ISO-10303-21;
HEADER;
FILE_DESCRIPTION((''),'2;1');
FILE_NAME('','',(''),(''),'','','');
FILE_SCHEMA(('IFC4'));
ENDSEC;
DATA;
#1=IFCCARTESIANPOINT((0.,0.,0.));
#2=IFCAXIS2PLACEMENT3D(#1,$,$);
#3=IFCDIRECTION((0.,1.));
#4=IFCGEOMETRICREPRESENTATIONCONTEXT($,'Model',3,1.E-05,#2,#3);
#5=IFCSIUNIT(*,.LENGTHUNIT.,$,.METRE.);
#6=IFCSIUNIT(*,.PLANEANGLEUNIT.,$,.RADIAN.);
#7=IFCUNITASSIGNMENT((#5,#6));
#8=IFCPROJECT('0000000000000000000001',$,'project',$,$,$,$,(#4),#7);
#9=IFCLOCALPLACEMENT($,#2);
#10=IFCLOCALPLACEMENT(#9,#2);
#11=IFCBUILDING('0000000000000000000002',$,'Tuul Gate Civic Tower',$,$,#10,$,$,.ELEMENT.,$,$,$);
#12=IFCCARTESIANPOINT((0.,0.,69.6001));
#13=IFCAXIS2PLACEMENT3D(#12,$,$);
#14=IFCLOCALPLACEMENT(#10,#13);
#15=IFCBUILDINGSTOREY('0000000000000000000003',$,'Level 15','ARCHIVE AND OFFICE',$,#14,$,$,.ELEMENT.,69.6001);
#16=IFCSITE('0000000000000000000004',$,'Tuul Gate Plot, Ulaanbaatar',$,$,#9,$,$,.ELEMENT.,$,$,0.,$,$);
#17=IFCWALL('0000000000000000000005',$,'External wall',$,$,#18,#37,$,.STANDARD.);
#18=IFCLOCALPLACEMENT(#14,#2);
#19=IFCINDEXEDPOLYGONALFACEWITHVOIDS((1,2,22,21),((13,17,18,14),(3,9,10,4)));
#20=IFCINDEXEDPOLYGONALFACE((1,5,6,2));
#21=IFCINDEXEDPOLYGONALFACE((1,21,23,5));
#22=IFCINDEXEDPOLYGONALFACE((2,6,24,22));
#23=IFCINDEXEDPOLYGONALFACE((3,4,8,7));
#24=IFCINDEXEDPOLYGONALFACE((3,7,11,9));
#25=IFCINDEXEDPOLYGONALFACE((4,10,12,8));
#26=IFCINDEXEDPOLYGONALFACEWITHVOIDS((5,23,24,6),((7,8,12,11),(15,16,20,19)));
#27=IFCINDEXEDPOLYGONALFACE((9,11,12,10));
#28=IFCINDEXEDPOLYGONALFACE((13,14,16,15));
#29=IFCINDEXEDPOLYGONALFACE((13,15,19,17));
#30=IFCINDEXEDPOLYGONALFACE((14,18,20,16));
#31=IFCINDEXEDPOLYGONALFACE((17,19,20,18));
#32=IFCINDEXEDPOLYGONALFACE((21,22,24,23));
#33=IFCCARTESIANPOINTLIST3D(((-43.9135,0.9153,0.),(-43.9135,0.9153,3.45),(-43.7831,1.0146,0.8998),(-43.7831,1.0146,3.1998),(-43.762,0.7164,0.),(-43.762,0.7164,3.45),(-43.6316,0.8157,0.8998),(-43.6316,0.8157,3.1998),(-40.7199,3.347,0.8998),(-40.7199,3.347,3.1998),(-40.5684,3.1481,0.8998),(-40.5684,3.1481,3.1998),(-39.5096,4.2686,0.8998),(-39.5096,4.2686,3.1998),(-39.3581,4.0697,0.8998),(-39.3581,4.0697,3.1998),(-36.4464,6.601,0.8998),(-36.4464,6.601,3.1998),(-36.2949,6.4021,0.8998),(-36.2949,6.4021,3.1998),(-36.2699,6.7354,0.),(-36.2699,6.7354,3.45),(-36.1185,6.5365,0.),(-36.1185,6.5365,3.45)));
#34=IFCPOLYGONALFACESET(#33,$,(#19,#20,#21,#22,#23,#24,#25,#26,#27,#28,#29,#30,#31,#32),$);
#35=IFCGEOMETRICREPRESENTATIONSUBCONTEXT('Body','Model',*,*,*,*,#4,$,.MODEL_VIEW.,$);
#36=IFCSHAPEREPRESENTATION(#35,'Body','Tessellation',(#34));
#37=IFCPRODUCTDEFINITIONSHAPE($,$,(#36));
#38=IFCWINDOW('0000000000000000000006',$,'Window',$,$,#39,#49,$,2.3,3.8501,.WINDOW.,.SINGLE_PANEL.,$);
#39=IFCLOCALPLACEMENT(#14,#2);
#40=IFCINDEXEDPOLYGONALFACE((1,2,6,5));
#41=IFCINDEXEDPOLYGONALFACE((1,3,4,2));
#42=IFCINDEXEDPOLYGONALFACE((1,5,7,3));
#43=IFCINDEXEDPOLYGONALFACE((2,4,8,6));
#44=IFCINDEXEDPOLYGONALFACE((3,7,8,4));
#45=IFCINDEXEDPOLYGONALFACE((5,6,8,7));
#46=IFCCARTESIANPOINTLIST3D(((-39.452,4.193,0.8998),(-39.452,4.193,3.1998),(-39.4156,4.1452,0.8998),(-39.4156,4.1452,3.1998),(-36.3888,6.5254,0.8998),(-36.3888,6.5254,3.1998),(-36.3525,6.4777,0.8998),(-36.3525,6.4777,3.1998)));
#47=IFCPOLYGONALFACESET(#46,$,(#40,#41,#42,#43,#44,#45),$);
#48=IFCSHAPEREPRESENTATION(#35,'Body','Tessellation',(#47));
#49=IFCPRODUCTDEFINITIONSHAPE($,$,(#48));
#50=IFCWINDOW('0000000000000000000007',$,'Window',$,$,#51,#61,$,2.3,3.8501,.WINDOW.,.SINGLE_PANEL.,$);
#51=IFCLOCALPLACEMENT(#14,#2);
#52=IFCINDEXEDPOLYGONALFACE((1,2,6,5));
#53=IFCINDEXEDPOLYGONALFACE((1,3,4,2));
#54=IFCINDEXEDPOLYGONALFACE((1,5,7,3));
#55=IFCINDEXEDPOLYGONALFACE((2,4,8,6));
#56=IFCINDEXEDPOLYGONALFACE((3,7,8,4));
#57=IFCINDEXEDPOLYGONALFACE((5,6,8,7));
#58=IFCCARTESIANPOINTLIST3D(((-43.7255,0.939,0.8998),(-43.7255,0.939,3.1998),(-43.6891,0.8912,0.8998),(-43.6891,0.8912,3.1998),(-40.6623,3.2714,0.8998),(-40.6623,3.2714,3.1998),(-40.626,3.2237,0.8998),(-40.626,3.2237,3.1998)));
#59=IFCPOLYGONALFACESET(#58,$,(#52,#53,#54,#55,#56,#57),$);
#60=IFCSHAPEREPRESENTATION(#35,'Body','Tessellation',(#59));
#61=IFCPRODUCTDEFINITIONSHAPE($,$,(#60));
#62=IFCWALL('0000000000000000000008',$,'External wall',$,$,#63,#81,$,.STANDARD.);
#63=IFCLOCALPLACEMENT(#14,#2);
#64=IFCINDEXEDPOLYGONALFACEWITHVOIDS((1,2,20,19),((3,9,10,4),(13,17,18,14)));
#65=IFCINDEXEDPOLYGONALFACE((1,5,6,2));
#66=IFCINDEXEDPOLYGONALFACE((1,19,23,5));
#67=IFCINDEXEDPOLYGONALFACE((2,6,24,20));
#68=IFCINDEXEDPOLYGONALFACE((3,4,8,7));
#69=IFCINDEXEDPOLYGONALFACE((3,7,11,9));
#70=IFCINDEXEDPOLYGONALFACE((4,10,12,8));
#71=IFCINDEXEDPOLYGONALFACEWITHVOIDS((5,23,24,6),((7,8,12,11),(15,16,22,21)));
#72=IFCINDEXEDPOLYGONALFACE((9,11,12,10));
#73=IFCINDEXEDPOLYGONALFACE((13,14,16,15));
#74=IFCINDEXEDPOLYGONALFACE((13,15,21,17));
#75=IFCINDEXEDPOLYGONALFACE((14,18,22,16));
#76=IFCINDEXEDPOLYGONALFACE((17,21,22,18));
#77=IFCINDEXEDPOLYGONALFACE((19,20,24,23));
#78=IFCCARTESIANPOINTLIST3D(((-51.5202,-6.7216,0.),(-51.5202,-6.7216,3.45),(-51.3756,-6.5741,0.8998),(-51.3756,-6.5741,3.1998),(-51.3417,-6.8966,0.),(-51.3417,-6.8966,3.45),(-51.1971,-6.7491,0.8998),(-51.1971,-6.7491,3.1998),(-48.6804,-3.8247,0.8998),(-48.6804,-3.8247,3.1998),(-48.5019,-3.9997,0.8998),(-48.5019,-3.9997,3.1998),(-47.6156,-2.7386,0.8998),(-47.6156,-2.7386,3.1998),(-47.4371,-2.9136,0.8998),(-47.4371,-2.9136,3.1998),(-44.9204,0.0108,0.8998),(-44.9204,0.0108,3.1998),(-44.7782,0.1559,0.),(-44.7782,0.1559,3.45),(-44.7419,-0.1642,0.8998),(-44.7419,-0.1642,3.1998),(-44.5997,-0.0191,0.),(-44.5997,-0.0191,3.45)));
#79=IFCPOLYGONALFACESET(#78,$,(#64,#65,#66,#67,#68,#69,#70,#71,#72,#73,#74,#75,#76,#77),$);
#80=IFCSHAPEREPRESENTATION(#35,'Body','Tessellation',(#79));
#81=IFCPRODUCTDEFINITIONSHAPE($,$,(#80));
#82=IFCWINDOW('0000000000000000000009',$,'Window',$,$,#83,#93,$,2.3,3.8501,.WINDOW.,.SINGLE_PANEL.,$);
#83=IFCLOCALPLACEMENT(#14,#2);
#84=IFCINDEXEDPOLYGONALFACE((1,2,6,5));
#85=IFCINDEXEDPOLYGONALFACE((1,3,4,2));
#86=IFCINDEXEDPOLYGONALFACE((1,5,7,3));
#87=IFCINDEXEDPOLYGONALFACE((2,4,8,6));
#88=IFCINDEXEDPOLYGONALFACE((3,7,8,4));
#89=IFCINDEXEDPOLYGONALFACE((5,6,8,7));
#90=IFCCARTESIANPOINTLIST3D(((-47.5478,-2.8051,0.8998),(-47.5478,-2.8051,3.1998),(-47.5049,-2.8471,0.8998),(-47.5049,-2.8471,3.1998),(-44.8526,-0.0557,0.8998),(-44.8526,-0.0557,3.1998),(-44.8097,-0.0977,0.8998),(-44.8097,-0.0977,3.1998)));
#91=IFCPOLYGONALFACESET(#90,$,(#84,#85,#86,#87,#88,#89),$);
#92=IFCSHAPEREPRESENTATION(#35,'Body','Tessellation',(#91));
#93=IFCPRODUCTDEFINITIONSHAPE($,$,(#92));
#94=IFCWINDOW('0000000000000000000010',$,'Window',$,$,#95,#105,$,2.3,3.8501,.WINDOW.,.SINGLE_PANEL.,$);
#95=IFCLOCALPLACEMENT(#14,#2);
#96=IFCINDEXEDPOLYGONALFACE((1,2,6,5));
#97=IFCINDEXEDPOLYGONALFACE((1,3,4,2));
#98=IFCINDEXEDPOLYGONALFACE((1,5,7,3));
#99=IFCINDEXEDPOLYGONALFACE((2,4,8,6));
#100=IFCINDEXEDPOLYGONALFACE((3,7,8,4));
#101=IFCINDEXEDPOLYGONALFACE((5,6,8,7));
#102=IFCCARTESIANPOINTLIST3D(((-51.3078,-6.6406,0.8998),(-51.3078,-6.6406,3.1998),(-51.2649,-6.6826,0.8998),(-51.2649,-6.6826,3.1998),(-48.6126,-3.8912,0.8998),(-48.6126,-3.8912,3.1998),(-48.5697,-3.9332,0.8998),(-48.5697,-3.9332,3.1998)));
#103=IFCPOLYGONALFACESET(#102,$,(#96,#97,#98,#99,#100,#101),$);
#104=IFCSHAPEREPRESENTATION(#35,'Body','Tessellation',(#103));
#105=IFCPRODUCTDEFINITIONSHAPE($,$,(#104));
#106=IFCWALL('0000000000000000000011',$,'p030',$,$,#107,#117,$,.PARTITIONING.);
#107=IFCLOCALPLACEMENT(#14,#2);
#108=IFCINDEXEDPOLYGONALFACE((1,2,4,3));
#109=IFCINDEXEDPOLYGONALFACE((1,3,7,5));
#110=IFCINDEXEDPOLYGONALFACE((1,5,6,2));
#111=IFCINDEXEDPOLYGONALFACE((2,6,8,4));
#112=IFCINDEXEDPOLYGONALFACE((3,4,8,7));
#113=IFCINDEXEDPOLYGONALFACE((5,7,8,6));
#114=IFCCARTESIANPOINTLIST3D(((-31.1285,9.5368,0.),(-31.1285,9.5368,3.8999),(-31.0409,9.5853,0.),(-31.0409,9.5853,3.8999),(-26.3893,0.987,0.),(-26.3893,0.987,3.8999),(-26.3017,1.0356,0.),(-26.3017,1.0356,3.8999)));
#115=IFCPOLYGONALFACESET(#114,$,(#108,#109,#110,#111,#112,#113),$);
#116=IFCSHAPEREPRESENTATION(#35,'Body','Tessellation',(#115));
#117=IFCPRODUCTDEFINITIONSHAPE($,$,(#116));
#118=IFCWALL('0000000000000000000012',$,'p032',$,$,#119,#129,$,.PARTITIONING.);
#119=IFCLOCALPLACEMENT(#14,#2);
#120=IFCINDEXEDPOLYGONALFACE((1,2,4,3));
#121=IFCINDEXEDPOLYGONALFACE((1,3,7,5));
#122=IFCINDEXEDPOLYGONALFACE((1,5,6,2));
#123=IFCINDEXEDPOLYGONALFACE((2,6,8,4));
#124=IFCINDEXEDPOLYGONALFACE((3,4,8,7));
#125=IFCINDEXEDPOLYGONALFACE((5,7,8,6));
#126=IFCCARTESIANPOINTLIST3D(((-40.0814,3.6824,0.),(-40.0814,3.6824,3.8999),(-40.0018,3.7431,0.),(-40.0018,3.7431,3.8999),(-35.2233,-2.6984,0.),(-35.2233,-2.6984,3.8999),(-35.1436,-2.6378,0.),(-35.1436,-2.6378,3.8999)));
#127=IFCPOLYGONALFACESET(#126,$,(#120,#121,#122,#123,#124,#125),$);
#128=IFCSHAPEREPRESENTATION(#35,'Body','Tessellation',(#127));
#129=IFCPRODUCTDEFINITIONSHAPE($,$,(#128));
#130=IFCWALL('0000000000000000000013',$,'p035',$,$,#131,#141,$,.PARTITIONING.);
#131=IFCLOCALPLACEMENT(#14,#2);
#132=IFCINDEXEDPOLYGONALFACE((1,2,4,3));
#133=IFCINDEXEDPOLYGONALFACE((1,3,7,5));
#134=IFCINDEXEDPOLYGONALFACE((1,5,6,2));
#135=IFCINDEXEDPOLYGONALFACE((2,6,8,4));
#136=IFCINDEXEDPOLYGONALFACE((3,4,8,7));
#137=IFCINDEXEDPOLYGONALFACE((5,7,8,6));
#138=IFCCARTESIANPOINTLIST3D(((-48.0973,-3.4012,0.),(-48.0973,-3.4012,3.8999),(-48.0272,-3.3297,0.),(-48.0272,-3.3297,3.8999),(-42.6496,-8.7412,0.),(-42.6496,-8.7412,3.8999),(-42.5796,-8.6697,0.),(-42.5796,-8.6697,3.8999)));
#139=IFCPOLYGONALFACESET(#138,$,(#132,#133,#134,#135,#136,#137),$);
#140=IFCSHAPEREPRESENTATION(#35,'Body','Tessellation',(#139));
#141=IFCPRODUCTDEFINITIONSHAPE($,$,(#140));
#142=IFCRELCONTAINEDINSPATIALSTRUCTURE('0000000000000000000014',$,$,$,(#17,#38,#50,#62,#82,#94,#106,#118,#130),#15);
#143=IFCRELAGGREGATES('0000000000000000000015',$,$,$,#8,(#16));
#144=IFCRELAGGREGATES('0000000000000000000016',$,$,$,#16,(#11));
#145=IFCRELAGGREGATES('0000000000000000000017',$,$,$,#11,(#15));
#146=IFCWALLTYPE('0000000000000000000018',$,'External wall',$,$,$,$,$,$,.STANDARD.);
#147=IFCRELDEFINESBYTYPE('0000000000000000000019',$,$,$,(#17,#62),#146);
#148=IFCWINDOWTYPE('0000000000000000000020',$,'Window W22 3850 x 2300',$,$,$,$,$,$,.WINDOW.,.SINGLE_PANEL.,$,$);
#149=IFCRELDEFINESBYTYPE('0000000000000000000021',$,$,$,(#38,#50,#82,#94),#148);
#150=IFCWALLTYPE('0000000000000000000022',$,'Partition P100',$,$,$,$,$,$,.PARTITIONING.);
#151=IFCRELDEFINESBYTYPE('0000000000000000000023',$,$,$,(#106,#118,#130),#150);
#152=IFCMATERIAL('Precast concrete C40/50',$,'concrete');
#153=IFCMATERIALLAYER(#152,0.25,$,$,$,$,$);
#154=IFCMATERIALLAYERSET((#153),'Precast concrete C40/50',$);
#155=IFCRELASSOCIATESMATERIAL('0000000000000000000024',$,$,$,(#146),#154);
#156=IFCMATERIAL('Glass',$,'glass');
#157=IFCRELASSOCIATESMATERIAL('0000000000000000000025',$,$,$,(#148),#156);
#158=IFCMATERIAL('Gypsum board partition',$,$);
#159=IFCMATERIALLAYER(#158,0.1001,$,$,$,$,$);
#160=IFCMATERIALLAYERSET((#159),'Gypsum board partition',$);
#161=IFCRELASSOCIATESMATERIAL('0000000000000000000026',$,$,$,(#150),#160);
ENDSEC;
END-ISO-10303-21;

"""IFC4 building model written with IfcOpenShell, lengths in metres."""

from ifc_helpers import new_model, si_unit, direction, frame, frame_2d, origin, place, context, subcontext, project, spatial, rectangle, extrude, material, layer, layer_set, type_object, element, fill, save


model = new_model("IFC4")

# Units and contexts
model_context = context("Model", 3, precision=1e-05, world=origin(), true_north=direction((0.0, 1.0)))
body_context = subcontext(model_context, "Body", "Model", "MODEL_VIEW")
ifc_project = project(units=[si_unit("LENGTHUNIT", "METRE"), si_unit("PLANEANGLEUNIT", "RADIAN")], contexts=[model_context])

# Site, building, storey
site_placement = place(None, origin())
site = spatial("IfcSite", under=ifc_project, at=site_placement, Name="Tuul Gate Plot, Ulaanbaatar", CompositionType="ELEMENT", RefElevation=0.0)
building_placement = place(site_placement, origin())
building = spatial("IfcBuilding", under=site, at=building_placement, Name="Tuul Gate Civic Tower", CompositionType="ELEMENT")
storey_placement = place(building_placement, frame((0.0, 0.0, 69.6001)))
storey = spatial("IfcBuildingStorey", under=building, at=storey_placement, Name="Level 15", Description="ARCHIVE AND OFFICE", CompositionType="ELEMENT", Elevation=69.6001)

# Walls, openings, windows
ifc_material_1 = material(Name="Precast concrete C40/50", Category="concrete")
ifc_layer_1 = layer(ifc_material_1, 0.25)
ifc_layer_set_1 = layer_set([ifc_layer_1], Name="Precast concrete C40/50")
wall_type_1 = type_object("IfcWallType", Name="External wall", PredefinedType="STANDARD", material=ifc_layer_set_1)
wall_1_placement = place(storey_placement, frame((-36.1941, 6.636, 0.0), z_axis=(0.0, 0.0, 1.0), x_axis=(-0.795612, -0.605807, 0.0)))
wall_1 = element("IfcWall", 1, at=wall_1_placement, inside=storey, type_object=wall_type_1, Name="External wall", PredefinedType="STANDARD", context=body_context, shape_type="SweptSolid", body=[
    extrude(rectangle(XDim=9.6072, YDim=0.25, at=frame_2d((4.8037, 0.0))), origin(), (0.0, 0.0, 1.0), 3.45),
])
opening_1_placement = place(wall_1_placement, frame((0.2219, 0.0, 0.8999)))
opening_1 = element("IfcOpeningElement", 2, at=opening_1_placement, cuts=wall_1, PredefinedType="OPENING", context=body_context, shape_type="SweptSolid", body=[
    extrude(rectangle(XDim=3.8501, YDim=2.3, at=frame_2d((1.925, 1.1499))), frame((0.0, 0.135, 0.0), z_axis=(0.0, -1.0, 0.0), x_axis=(1.0, 0.0, 0.0)), (0.0, 0.0, 1.0), 0.27),
])
opening_2_placement = place(wall_1_placement, frame((5.5933, 0.0, 0.8999)))
opening_2 = element("IfcOpeningElement", 3, at=opening_2_placement, cuts=wall_1, PredefinedType="OPENING", context=body_context, shape_type="SweptSolid", body=[
    extrude(rectangle(XDim=3.8501, YDim=2.3, at=frame_2d((1.925, 1.1499))), frame((0.0, 0.135, 0.0), z_axis=(0.0, -1.0, 0.0), x_axis=(1.0, 0.0, 0.0)), (0.0, 0.0, 1.0), 0.27),
])
ifc_material_2 = material(Name="Glass", Category="glass")
window_type = type_object("IfcWindowType", Name="Window W22 3850 x 2300", PartitioningType="SINGLE_PANEL", PredefinedType="WINDOW", material=ifc_material_2)
window_1_placement = place(opening_1_placement, origin())
window_1 = element("IfcWindow", 4, at=window_1_placement, inside=storey, type_object=window_type, Name="Window", OverallHeight=2.3, OverallWidth=3.8501, PartitioningType="SINGLE_PANEL", PredefinedType="WINDOW", context=body_context, shape_type="SweptSolid", body=[
    extrude(rectangle(XDim=3.8501, YDim=2.3, at=frame_2d((1.925, 1.1499))), frame((0.0, 0.03, 0.0), z_axis=(0.0, -1.0, 0.0), x_axis=(1.0, 0.0, 0.0)), (0.0, 0.0, 1.0), 0.0601),
])
fill(opening_1, window_1)
window_2_placement = place(opening_2_placement, origin())
window_2 = element("IfcWindow", 5, at=window_2_placement, inside=storey, type_object=window_type, Name="Window", OverallHeight=2.3, OverallWidth=3.8501, PartitioningType="SINGLE_PANEL", PredefinedType="WINDOW", context=body_context, shape_type="SweptSolid", body=[
    extrude(rectangle(XDim=3.8501, YDim=2.3, at=frame_2d((1.925, 1.1499))), frame((0.0, 0.03, 0.0), z_axis=(0.0, -1.0, 0.0), x_axis=(1.0, 0.0, 0.0)), (0.0, 0.0, 1.0), 0.0601),
])
fill(opening_2, window_2)
wall_2_placement = place(storey_placement, frame((-44.689, 0.0684, 0.0), z_axis=(0.0, 0.0, 1.0), x_axis=(-0.700037, -0.714106, 0.0)))
wall_2 = element("IfcWall", 6, at=wall_2_placement, inside=storey, type_object=wall_type_1, Name="External wall", PredefinedType="STANDARD", context=body_context, shape_type="SweptSolid", body=[
    extrude(rectangle(XDim=9.6309, YDim=0.25, at=frame_2d((4.8154, 0.0))), origin(), (0.0, 0.0, 1.0), 3.45),
])
opening_3_placement = place(wall_2_placement, frame((0.2031, 0.0, 0.8999)))
opening_3 = element("IfcOpeningElement", 7, at=opening_3_placement, cuts=wall_2, PredefinedType="OPENING", context=body_context, shape_type="SweptSolid", body=[
    extrude(rectangle(XDim=3.8501, YDim=2.3, at=frame_2d((1.925, 1.1499))), frame((0.0, 0.135, 0.0), z_axis=(0.0, -1.0, 0.0), x_axis=(1.0, 0.0, 0.0)), (0.0, 0.0, 1.0), 0.27),
])
opening_4_placement = place(wall_2_placement, frame((5.5742, 0.0, 0.8999)))
opening_4 = element("IfcOpeningElement", 8, at=opening_4_placement, cuts=wall_2, PredefinedType="OPENING", context=body_context, shape_type="SweptSolid", body=[
    extrude(rectangle(XDim=3.8501, YDim=2.3, at=frame_2d((1.925, 1.1499))), frame((0.0, 0.135, 0.0), z_axis=(0.0, -1.0, 0.0), x_axis=(1.0, 0.0, 0.0)), (0.0, 0.0, 1.0), 0.27),
])
window_3_placement = place(opening_3_placement, origin())
window_3 = element("IfcWindow", 9, at=window_3_placement, inside=storey, type_object=window_type, Name="Window", OverallHeight=2.3, OverallWidth=3.8501, PartitioningType="SINGLE_PANEL", PredefinedType="WINDOW", context=body_context, shape_type="SweptSolid", body=[
    extrude(rectangle(XDim=3.8501, YDim=2.3, at=frame_2d((1.925, 1.1499))), frame((0.0, 0.03, 0.0), z_axis=(0.0, -1.0, 0.0), x_axis=(1.0, 0.0, 0.0)), (0.0, 0.0, 1.0), 0.0601),
])
fill(opening_3, window_3)
window_4_placement = place(opening_4_placement, origin())
window_4 = element("IfcWindow", 10, at=window_4_placement, inside=storey, type_object=window_type, Name="Window", OverallHeight=2.3, OverallWidth=3.8501, PartitioningType="SINGLE_PANEL", PredefinedType="WINDOW", context=body_context, shape_type="SweptSolid", body=[
    extrude(rectangle(XDim=3.8501, YDim=2.3, at=frame_2d((1.925, 1.1499))), frame((0.0, 0.03, 0.0), z_axis=(0.0, -1.0, 0.0), x_axis=(1.0, 0.0, 0.0)), (0.0, 0.0, 1.0), 0.0601),
])
fill(opening_4, window_4)

# Walls
ifc_material_3 = material(Name="Gypsum board partition")
ifc_layer_2 = layer(ifc_material_3, 0.1001)
ifc_layer_set_2 = layer_set([ifc_layer_2], Name="Gypsum board partition")
wall_type_2 = type_object("IfcWallType", Name="Partition P100", PredefinedType="PARTITIONING", material=ifc_layer_set_2)
wall_3_placement = place(storey_placement, frame((-31.0847, 9.561, 0.0), z_axis=(0.0, 0.0, 1.0), x_axis=(0.484811, -0.874619, 0.0)))
element("IfcWall", 11, at=wall_3_placement, inside=storey, type_object=wall_type_2, Name="p030", PredefinedType="PARTITIONING", context=body_context, shape_type="SweptSolid", body=[
    extrude(rectangle(XDim=9.7754, YDim=0.1001, at=frame_2d((4.8877, 0.0))), origin(), (0.0, 0.0, 1.0), 3.8999),
])
wall_4_placement = place(storey_placement, frame((-40.0415, 3.7126, 0.0), z_axis=(0.0, 0.0, 1.0), x_axis=(0.605771, -0.795639, 0.0)))
element("IfcWall", 12, at=wall_4_placement, inside=storey, type_object=wall_type_2, Name="p032", PredefinedType="PARTITIONING", context=body_context, shape_type="SweptSolid", body=[
    extrude(rectangle(XDim=8.0198, YDim=0.1001, at=frame_2d((4.0098, 0.0))), origin(), (0.0, 0.0, 1.0), 3.8999),
])
wall_5_placement = place(storey_placement, frame((-48.0623, -3.3655, 0.0), z_axis=(0.0, 0.0, 1.0), x_axis=(0.714128, -0.700015, 0.0)))
element("IfcWall", 13, at=wall_5_placement, inside=storey, type_object=wall_type_2, Name="p035", PredefinedType="PARTITIONING", context=body_context, shape_type="SweptSolid", body=[
    extrude(rectangle(XDim=7.6284, YDim=0.1001, at=frame_2d((3.8142, 0.0))), origin(), (0.0, 0.0, 1.0), 3.8999),
])

save(model, "model.ifc")
